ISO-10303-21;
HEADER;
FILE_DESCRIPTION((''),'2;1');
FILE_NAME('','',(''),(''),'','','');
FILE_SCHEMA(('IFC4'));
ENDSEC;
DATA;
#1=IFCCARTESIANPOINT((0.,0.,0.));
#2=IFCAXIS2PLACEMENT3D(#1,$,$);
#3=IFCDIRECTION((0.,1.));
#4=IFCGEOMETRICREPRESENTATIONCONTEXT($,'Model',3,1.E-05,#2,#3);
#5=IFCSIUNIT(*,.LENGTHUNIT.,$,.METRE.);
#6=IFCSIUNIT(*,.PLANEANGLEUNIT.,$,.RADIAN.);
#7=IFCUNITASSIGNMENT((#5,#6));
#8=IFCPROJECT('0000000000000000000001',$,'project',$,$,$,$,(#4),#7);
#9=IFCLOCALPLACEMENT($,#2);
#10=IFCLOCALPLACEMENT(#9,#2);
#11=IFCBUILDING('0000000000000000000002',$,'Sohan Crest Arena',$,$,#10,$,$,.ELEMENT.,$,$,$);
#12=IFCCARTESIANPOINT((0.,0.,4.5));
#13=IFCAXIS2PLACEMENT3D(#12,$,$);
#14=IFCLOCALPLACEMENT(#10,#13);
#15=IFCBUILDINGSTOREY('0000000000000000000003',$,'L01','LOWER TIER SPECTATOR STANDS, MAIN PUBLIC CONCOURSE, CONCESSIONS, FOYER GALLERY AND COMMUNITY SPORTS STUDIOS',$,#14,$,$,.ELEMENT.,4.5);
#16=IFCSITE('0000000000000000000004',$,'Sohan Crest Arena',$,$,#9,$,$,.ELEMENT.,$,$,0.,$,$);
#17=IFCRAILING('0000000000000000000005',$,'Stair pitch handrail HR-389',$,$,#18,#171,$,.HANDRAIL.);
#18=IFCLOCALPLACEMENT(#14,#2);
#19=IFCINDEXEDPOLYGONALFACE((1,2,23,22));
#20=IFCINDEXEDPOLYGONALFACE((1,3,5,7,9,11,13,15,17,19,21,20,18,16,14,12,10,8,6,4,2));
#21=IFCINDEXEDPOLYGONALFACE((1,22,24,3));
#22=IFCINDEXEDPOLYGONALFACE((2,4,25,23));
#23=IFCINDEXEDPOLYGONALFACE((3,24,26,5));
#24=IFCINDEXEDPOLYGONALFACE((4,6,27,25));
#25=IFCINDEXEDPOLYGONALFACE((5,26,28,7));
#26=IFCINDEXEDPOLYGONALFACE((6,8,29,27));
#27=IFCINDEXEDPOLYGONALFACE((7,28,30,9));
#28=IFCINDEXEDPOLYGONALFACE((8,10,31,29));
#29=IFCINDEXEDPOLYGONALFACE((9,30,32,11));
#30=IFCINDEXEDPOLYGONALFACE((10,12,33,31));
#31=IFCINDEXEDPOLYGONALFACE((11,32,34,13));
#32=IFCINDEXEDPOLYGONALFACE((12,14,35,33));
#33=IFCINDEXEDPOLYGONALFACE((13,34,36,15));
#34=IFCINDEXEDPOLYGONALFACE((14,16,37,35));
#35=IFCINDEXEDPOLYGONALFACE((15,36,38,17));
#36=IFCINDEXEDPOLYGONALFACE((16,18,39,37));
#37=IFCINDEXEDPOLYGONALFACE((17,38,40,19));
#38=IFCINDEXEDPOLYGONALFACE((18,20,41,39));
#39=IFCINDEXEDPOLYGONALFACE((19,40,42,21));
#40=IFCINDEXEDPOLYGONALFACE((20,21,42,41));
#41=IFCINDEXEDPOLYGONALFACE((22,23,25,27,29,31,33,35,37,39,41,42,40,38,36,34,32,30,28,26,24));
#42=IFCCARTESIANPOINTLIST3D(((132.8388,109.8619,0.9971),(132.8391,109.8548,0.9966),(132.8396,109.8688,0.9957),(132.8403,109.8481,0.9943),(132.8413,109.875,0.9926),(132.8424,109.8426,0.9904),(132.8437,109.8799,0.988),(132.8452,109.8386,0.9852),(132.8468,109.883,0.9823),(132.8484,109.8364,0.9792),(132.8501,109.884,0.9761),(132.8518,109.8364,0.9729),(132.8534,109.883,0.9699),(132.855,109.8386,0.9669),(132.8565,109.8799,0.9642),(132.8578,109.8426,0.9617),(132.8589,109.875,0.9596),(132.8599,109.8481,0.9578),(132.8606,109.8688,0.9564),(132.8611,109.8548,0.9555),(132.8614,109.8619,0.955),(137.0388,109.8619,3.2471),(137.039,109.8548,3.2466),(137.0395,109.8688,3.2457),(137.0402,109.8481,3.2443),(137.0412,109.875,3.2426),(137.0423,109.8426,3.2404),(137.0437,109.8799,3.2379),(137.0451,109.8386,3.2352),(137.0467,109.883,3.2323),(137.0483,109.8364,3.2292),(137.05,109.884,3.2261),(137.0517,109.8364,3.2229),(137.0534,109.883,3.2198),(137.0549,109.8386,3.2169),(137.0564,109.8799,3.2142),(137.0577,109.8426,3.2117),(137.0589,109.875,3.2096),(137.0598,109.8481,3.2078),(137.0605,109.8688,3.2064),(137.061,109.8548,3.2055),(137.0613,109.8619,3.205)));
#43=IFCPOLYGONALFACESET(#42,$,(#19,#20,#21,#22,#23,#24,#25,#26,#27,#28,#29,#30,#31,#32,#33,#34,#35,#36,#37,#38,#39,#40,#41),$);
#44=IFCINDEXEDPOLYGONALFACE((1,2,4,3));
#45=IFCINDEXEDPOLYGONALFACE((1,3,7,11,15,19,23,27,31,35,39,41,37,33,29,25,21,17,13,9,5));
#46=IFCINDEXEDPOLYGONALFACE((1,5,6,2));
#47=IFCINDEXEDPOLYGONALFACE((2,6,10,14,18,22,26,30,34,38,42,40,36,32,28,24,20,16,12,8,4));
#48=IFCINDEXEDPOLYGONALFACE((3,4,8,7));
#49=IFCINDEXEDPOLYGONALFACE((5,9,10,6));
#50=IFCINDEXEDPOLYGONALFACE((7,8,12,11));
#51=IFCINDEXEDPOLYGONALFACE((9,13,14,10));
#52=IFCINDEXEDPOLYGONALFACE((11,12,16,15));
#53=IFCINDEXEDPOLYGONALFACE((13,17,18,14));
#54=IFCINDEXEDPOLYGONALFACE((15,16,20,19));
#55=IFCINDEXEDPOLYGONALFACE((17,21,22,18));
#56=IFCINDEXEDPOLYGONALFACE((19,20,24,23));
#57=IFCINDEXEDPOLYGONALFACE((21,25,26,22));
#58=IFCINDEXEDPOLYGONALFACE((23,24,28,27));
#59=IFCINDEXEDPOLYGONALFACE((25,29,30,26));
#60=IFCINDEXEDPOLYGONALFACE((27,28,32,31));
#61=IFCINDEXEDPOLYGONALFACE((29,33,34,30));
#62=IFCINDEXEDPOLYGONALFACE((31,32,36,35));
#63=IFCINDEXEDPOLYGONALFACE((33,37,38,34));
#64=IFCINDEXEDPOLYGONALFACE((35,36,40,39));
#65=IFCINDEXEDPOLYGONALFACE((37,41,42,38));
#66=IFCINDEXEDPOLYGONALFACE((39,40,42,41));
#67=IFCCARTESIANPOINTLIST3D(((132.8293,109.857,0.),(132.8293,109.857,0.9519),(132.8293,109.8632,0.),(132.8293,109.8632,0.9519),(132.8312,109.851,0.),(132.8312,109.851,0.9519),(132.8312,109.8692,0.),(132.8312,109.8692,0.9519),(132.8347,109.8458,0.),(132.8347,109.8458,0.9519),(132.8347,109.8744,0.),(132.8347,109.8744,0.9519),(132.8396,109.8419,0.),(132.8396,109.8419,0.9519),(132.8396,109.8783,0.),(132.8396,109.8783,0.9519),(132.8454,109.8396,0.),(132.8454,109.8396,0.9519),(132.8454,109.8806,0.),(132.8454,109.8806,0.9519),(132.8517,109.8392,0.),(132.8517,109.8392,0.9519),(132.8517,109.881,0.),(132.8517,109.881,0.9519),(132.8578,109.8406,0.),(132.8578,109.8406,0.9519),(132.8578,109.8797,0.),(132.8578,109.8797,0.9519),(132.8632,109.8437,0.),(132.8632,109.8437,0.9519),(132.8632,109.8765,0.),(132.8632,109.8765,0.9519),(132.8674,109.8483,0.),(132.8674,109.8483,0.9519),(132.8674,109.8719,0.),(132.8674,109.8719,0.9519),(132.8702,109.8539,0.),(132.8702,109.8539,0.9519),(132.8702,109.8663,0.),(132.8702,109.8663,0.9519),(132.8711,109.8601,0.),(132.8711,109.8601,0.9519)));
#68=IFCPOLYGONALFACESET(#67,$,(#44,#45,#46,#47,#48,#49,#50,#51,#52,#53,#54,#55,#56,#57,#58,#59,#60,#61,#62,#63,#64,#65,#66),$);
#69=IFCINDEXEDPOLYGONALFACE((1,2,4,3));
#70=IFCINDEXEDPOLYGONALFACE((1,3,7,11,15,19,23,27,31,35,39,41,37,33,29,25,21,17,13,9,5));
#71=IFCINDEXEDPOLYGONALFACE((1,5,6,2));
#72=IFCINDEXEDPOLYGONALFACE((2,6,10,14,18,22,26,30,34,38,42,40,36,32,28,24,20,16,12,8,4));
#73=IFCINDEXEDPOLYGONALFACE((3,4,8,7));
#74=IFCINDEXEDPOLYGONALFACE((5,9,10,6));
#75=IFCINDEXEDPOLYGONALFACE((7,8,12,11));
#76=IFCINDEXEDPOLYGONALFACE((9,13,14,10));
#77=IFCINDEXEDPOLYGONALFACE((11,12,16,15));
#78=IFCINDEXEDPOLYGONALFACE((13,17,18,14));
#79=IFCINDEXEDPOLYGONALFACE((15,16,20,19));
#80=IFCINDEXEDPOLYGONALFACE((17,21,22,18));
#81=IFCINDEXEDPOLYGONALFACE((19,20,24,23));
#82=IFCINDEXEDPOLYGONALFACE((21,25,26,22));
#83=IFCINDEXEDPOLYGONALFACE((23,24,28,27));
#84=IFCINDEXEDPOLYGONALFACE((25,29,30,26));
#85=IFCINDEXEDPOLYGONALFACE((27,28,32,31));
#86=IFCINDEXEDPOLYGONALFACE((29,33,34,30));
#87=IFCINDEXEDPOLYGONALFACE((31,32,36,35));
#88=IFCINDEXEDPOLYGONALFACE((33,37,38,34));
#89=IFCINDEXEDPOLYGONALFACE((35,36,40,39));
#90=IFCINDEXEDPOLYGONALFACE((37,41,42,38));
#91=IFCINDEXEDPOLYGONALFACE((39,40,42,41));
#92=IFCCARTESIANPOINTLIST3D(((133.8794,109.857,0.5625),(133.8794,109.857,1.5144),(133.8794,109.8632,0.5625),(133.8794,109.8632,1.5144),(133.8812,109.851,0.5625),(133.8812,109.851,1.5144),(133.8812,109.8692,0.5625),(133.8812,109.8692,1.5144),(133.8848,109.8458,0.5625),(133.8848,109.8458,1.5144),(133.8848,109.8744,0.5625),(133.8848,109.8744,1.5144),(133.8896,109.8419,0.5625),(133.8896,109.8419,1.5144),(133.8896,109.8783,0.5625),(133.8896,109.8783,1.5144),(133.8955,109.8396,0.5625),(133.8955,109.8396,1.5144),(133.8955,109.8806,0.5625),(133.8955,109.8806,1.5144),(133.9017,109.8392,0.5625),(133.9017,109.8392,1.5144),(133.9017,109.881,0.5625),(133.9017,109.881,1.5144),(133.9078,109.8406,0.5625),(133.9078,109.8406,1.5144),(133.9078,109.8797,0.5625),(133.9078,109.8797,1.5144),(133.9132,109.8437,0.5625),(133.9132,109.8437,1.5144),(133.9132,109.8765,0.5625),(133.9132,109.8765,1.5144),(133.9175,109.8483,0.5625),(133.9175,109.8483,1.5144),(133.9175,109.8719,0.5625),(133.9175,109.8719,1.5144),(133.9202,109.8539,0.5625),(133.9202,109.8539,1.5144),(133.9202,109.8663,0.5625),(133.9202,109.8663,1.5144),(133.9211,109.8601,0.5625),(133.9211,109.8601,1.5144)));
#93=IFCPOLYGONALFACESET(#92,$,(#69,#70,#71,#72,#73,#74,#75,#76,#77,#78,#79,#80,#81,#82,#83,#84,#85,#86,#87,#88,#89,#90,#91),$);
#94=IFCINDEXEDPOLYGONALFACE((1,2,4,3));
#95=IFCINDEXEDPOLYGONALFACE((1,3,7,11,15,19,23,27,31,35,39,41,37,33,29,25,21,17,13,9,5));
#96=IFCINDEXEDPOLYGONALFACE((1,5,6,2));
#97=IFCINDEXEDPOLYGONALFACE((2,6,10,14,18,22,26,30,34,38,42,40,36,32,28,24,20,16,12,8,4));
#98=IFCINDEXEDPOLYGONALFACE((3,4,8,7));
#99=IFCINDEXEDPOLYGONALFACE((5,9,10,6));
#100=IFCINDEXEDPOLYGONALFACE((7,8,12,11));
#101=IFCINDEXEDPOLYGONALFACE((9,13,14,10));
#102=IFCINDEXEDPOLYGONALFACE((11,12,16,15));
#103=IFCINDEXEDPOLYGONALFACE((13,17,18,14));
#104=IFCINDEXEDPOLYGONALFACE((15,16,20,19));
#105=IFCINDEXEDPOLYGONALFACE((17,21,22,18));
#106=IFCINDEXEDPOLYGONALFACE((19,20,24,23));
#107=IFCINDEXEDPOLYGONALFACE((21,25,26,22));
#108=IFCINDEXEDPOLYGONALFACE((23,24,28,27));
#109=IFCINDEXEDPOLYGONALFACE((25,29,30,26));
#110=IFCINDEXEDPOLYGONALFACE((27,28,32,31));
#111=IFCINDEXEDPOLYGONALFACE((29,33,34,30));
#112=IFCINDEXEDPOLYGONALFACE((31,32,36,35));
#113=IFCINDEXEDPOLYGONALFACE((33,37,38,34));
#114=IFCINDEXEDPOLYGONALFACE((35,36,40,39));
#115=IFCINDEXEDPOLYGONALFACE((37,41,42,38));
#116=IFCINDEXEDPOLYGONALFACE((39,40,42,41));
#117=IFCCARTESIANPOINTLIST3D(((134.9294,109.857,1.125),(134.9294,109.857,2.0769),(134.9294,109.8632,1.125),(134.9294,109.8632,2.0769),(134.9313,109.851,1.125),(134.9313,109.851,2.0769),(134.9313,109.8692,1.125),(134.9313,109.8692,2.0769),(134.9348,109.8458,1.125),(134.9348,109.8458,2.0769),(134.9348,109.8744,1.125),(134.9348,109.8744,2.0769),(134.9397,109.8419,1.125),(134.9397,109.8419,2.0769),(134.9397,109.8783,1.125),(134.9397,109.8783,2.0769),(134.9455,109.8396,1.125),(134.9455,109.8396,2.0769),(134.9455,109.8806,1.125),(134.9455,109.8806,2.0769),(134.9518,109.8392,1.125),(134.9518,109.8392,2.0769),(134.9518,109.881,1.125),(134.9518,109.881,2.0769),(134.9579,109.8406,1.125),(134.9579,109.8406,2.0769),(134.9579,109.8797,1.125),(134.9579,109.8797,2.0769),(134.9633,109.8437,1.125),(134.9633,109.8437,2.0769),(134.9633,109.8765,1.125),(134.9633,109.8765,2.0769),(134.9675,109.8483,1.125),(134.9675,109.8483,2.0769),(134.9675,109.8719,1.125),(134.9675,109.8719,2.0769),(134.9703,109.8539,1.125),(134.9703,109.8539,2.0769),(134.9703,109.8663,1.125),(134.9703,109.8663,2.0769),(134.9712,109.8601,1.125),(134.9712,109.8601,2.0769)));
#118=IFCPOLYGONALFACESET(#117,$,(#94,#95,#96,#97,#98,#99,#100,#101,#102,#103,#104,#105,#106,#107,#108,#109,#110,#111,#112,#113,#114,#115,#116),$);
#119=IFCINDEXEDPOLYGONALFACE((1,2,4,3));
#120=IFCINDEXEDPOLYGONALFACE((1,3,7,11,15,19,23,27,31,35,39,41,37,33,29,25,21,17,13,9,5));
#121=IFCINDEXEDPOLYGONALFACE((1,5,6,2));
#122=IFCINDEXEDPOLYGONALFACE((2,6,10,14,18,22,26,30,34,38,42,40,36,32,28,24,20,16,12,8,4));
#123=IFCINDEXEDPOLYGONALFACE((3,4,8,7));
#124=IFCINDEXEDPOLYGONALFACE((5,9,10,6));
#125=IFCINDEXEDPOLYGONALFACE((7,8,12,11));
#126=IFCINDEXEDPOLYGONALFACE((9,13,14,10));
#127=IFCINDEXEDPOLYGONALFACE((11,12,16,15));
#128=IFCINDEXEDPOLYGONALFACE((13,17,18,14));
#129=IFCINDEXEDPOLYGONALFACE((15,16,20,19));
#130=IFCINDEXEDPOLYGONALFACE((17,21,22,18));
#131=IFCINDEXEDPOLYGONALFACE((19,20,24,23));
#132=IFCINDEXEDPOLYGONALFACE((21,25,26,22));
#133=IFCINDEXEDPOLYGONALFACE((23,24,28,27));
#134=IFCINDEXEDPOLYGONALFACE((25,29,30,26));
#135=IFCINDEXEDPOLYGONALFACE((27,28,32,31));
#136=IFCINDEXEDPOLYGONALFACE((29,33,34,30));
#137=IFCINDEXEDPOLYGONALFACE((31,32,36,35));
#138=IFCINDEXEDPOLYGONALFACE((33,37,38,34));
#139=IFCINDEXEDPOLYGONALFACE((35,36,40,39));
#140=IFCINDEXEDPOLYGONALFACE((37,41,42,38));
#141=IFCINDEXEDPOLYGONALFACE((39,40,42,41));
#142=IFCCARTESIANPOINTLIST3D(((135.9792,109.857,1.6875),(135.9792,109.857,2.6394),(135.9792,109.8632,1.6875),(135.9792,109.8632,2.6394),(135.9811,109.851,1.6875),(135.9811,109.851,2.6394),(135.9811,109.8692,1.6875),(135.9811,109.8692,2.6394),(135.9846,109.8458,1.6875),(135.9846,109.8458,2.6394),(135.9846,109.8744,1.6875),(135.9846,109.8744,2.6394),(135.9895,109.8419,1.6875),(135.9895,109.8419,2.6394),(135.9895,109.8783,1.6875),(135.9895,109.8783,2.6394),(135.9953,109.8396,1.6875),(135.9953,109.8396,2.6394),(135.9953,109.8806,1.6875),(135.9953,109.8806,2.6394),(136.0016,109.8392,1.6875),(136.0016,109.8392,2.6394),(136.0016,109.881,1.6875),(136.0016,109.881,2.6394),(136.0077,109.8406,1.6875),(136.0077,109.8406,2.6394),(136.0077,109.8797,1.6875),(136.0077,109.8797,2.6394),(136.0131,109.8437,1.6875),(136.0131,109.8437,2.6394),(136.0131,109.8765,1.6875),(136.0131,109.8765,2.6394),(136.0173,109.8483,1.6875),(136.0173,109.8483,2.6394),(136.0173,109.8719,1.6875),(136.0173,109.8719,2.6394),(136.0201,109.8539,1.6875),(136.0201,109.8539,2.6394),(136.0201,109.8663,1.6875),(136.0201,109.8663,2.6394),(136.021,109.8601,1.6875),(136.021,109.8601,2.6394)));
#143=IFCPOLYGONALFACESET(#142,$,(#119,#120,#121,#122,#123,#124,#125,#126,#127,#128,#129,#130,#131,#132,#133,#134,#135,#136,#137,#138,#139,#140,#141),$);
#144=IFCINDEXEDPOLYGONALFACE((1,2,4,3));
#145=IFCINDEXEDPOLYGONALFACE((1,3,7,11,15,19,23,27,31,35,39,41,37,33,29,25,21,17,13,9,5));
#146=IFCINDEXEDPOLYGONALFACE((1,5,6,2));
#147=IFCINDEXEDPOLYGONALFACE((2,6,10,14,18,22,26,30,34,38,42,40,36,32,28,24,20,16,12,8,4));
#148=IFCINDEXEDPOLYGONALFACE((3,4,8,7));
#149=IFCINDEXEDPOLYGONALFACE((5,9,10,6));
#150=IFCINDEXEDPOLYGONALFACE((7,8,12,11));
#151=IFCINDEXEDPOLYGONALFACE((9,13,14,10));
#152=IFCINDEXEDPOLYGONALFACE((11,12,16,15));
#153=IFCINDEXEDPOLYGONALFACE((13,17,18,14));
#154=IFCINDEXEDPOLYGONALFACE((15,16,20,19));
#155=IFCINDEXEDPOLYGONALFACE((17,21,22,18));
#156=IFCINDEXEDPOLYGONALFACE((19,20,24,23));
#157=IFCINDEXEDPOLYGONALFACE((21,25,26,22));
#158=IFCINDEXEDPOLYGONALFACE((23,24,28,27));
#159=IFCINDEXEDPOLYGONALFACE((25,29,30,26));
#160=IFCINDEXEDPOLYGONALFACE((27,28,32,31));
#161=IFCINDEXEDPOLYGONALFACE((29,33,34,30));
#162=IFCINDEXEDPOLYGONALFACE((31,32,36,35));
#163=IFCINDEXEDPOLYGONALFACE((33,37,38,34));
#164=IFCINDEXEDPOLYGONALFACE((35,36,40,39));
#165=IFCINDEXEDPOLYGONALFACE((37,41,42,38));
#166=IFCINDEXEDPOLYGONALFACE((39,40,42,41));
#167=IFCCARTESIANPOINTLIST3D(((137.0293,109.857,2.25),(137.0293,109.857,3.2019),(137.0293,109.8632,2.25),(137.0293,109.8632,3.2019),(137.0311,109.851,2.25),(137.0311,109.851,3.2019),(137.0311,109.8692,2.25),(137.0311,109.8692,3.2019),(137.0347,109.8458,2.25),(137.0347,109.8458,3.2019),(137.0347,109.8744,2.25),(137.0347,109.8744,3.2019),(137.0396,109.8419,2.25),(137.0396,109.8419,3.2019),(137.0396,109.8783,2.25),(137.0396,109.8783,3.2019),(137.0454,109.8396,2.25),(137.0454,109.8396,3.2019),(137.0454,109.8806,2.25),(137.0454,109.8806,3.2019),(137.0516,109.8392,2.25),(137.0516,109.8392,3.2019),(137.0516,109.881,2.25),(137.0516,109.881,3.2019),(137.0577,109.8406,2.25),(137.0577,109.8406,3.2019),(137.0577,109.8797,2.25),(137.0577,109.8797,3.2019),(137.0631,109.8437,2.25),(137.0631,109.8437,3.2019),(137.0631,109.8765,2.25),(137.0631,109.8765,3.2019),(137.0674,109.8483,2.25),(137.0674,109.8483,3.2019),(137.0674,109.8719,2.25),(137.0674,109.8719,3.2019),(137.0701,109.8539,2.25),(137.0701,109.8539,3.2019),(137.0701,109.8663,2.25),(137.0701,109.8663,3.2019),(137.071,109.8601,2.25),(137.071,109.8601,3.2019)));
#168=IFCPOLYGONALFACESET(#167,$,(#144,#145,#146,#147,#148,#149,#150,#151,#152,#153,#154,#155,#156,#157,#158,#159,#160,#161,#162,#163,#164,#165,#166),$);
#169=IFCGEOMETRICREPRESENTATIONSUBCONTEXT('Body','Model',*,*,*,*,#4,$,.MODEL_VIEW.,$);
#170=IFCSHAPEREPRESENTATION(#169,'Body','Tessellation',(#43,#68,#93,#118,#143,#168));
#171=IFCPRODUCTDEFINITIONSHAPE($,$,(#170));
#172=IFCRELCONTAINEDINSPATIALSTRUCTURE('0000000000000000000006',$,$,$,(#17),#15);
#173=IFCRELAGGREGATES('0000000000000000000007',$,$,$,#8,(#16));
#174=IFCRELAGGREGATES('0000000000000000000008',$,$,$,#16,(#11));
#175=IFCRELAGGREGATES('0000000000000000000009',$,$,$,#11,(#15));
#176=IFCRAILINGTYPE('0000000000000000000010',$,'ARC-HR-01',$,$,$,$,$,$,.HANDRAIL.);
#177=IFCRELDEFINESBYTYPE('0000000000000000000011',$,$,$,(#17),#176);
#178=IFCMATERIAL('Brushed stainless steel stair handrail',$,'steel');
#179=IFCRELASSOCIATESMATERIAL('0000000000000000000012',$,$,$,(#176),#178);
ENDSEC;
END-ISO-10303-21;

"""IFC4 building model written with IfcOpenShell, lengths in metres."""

from ifc_helpers import new_model, si_unit, direction, frame, origin, origin_2d, place, context, subcontext, project, spatial, circle, extrude, material, type_object, element, save


model = new_model("IFC4")

# Units and contexts
model_context = context("Model", 3, precision=1e-05, world=origin(), true_north=direction((0.0, 1.0)))
body_context = subcontext(model_context, "Body", "Model", "MODEL_VIEW")
ifc_project = project(units=[si_unit("LENGTHUNIT", "METRE"), si_unit("PLANEANGLEUNIT", "RADIAN")], contexts=[model_context])

# Site, building, storey
site_placement = place(None, origin())
site = spatial("IfcSite", under=ifc_project, at=site_placement, Name="Sohan Crest Arena", CompositionType="ELEMENT", RefElevation=0.0)
building_placement = place(site_placement, origin())
building = spatial("IfcBuilding", under=site, at=building_placement, Name="Sohan Crest Arena", CompositionType="ELEMENT")
storey_placement = place(building_placement, frame((0.0, 0.0, 4.5)))
storey = spatial("IfcBuildingStorey", under=building, at=storey_placement, Name="L01", Description="LOWER TIER SPECTATOR STANDS, MAIN PUBLIC CONCOURSE, CONCESSIONS, FOYER GALLERY AND COMMUNITY SPORTS STUDIOS", CompositionType="ELEMENT", Elevation=4.5)

# Railing
ifc_material_1 = material(Name="Brushed stainless steel stair handrail", Category="steel")
railing_type_1 = type_object("IfcRailingType", Name="ARC-HR-01", PredefinedType="HANDRAIL", material=ifc_material_1)
for number, where, name in (
    (1, (132.8501, 109.8601, 0.0), "Stair pitch handrail HR-389"),
):
    element("IfcRailing", number, at=place(storey_placement, frame(where)), inside=storey, type_object=railing_type_1, Name=name, PredefinedType="HANDRAIL", context=body_context, shape_type="SweptSolid", body=[
        extrude(circle(Radius=0.0239, at=origin_2d()), frame((0.0, 0.0, 0.9761), z_axis=(0.881478, 0.0, 0.472226), x_axis=(0.0, 1.0, 0.0)), (0.0, 0.0, 1.0), 4.7646),
        extrude(circle(Radius=0.021, at=origin_2d()), origin(), (0.0, 0.0, 1.0), 0.9519),
        extrude(circle(Radius=0.021, at=origin_2d()), frame((1.05, 0.0, 0.5625)), (0.0, 0.0, 1.0), 0.9519),
        extrude(circle(Radius=0.021, at=origin_2d()), frame((2.1001, 0.0, 1.125)), (0.0, 0.0, 1.0), 0.9519),
        extrude(circle(Radius=0.021, at=origin_2d()), frame((3.1499, 0.0, 1.6875)), (0.0, 0.0, 1.0), 0.9519),
        extrude(circle(Radius=0.021, at=origin_2d()), frame((4.2, 0.0, 2.25)), (0.0, 0.0, 1.0), 0.9519),
    ])

save(model, "model.ifc")
